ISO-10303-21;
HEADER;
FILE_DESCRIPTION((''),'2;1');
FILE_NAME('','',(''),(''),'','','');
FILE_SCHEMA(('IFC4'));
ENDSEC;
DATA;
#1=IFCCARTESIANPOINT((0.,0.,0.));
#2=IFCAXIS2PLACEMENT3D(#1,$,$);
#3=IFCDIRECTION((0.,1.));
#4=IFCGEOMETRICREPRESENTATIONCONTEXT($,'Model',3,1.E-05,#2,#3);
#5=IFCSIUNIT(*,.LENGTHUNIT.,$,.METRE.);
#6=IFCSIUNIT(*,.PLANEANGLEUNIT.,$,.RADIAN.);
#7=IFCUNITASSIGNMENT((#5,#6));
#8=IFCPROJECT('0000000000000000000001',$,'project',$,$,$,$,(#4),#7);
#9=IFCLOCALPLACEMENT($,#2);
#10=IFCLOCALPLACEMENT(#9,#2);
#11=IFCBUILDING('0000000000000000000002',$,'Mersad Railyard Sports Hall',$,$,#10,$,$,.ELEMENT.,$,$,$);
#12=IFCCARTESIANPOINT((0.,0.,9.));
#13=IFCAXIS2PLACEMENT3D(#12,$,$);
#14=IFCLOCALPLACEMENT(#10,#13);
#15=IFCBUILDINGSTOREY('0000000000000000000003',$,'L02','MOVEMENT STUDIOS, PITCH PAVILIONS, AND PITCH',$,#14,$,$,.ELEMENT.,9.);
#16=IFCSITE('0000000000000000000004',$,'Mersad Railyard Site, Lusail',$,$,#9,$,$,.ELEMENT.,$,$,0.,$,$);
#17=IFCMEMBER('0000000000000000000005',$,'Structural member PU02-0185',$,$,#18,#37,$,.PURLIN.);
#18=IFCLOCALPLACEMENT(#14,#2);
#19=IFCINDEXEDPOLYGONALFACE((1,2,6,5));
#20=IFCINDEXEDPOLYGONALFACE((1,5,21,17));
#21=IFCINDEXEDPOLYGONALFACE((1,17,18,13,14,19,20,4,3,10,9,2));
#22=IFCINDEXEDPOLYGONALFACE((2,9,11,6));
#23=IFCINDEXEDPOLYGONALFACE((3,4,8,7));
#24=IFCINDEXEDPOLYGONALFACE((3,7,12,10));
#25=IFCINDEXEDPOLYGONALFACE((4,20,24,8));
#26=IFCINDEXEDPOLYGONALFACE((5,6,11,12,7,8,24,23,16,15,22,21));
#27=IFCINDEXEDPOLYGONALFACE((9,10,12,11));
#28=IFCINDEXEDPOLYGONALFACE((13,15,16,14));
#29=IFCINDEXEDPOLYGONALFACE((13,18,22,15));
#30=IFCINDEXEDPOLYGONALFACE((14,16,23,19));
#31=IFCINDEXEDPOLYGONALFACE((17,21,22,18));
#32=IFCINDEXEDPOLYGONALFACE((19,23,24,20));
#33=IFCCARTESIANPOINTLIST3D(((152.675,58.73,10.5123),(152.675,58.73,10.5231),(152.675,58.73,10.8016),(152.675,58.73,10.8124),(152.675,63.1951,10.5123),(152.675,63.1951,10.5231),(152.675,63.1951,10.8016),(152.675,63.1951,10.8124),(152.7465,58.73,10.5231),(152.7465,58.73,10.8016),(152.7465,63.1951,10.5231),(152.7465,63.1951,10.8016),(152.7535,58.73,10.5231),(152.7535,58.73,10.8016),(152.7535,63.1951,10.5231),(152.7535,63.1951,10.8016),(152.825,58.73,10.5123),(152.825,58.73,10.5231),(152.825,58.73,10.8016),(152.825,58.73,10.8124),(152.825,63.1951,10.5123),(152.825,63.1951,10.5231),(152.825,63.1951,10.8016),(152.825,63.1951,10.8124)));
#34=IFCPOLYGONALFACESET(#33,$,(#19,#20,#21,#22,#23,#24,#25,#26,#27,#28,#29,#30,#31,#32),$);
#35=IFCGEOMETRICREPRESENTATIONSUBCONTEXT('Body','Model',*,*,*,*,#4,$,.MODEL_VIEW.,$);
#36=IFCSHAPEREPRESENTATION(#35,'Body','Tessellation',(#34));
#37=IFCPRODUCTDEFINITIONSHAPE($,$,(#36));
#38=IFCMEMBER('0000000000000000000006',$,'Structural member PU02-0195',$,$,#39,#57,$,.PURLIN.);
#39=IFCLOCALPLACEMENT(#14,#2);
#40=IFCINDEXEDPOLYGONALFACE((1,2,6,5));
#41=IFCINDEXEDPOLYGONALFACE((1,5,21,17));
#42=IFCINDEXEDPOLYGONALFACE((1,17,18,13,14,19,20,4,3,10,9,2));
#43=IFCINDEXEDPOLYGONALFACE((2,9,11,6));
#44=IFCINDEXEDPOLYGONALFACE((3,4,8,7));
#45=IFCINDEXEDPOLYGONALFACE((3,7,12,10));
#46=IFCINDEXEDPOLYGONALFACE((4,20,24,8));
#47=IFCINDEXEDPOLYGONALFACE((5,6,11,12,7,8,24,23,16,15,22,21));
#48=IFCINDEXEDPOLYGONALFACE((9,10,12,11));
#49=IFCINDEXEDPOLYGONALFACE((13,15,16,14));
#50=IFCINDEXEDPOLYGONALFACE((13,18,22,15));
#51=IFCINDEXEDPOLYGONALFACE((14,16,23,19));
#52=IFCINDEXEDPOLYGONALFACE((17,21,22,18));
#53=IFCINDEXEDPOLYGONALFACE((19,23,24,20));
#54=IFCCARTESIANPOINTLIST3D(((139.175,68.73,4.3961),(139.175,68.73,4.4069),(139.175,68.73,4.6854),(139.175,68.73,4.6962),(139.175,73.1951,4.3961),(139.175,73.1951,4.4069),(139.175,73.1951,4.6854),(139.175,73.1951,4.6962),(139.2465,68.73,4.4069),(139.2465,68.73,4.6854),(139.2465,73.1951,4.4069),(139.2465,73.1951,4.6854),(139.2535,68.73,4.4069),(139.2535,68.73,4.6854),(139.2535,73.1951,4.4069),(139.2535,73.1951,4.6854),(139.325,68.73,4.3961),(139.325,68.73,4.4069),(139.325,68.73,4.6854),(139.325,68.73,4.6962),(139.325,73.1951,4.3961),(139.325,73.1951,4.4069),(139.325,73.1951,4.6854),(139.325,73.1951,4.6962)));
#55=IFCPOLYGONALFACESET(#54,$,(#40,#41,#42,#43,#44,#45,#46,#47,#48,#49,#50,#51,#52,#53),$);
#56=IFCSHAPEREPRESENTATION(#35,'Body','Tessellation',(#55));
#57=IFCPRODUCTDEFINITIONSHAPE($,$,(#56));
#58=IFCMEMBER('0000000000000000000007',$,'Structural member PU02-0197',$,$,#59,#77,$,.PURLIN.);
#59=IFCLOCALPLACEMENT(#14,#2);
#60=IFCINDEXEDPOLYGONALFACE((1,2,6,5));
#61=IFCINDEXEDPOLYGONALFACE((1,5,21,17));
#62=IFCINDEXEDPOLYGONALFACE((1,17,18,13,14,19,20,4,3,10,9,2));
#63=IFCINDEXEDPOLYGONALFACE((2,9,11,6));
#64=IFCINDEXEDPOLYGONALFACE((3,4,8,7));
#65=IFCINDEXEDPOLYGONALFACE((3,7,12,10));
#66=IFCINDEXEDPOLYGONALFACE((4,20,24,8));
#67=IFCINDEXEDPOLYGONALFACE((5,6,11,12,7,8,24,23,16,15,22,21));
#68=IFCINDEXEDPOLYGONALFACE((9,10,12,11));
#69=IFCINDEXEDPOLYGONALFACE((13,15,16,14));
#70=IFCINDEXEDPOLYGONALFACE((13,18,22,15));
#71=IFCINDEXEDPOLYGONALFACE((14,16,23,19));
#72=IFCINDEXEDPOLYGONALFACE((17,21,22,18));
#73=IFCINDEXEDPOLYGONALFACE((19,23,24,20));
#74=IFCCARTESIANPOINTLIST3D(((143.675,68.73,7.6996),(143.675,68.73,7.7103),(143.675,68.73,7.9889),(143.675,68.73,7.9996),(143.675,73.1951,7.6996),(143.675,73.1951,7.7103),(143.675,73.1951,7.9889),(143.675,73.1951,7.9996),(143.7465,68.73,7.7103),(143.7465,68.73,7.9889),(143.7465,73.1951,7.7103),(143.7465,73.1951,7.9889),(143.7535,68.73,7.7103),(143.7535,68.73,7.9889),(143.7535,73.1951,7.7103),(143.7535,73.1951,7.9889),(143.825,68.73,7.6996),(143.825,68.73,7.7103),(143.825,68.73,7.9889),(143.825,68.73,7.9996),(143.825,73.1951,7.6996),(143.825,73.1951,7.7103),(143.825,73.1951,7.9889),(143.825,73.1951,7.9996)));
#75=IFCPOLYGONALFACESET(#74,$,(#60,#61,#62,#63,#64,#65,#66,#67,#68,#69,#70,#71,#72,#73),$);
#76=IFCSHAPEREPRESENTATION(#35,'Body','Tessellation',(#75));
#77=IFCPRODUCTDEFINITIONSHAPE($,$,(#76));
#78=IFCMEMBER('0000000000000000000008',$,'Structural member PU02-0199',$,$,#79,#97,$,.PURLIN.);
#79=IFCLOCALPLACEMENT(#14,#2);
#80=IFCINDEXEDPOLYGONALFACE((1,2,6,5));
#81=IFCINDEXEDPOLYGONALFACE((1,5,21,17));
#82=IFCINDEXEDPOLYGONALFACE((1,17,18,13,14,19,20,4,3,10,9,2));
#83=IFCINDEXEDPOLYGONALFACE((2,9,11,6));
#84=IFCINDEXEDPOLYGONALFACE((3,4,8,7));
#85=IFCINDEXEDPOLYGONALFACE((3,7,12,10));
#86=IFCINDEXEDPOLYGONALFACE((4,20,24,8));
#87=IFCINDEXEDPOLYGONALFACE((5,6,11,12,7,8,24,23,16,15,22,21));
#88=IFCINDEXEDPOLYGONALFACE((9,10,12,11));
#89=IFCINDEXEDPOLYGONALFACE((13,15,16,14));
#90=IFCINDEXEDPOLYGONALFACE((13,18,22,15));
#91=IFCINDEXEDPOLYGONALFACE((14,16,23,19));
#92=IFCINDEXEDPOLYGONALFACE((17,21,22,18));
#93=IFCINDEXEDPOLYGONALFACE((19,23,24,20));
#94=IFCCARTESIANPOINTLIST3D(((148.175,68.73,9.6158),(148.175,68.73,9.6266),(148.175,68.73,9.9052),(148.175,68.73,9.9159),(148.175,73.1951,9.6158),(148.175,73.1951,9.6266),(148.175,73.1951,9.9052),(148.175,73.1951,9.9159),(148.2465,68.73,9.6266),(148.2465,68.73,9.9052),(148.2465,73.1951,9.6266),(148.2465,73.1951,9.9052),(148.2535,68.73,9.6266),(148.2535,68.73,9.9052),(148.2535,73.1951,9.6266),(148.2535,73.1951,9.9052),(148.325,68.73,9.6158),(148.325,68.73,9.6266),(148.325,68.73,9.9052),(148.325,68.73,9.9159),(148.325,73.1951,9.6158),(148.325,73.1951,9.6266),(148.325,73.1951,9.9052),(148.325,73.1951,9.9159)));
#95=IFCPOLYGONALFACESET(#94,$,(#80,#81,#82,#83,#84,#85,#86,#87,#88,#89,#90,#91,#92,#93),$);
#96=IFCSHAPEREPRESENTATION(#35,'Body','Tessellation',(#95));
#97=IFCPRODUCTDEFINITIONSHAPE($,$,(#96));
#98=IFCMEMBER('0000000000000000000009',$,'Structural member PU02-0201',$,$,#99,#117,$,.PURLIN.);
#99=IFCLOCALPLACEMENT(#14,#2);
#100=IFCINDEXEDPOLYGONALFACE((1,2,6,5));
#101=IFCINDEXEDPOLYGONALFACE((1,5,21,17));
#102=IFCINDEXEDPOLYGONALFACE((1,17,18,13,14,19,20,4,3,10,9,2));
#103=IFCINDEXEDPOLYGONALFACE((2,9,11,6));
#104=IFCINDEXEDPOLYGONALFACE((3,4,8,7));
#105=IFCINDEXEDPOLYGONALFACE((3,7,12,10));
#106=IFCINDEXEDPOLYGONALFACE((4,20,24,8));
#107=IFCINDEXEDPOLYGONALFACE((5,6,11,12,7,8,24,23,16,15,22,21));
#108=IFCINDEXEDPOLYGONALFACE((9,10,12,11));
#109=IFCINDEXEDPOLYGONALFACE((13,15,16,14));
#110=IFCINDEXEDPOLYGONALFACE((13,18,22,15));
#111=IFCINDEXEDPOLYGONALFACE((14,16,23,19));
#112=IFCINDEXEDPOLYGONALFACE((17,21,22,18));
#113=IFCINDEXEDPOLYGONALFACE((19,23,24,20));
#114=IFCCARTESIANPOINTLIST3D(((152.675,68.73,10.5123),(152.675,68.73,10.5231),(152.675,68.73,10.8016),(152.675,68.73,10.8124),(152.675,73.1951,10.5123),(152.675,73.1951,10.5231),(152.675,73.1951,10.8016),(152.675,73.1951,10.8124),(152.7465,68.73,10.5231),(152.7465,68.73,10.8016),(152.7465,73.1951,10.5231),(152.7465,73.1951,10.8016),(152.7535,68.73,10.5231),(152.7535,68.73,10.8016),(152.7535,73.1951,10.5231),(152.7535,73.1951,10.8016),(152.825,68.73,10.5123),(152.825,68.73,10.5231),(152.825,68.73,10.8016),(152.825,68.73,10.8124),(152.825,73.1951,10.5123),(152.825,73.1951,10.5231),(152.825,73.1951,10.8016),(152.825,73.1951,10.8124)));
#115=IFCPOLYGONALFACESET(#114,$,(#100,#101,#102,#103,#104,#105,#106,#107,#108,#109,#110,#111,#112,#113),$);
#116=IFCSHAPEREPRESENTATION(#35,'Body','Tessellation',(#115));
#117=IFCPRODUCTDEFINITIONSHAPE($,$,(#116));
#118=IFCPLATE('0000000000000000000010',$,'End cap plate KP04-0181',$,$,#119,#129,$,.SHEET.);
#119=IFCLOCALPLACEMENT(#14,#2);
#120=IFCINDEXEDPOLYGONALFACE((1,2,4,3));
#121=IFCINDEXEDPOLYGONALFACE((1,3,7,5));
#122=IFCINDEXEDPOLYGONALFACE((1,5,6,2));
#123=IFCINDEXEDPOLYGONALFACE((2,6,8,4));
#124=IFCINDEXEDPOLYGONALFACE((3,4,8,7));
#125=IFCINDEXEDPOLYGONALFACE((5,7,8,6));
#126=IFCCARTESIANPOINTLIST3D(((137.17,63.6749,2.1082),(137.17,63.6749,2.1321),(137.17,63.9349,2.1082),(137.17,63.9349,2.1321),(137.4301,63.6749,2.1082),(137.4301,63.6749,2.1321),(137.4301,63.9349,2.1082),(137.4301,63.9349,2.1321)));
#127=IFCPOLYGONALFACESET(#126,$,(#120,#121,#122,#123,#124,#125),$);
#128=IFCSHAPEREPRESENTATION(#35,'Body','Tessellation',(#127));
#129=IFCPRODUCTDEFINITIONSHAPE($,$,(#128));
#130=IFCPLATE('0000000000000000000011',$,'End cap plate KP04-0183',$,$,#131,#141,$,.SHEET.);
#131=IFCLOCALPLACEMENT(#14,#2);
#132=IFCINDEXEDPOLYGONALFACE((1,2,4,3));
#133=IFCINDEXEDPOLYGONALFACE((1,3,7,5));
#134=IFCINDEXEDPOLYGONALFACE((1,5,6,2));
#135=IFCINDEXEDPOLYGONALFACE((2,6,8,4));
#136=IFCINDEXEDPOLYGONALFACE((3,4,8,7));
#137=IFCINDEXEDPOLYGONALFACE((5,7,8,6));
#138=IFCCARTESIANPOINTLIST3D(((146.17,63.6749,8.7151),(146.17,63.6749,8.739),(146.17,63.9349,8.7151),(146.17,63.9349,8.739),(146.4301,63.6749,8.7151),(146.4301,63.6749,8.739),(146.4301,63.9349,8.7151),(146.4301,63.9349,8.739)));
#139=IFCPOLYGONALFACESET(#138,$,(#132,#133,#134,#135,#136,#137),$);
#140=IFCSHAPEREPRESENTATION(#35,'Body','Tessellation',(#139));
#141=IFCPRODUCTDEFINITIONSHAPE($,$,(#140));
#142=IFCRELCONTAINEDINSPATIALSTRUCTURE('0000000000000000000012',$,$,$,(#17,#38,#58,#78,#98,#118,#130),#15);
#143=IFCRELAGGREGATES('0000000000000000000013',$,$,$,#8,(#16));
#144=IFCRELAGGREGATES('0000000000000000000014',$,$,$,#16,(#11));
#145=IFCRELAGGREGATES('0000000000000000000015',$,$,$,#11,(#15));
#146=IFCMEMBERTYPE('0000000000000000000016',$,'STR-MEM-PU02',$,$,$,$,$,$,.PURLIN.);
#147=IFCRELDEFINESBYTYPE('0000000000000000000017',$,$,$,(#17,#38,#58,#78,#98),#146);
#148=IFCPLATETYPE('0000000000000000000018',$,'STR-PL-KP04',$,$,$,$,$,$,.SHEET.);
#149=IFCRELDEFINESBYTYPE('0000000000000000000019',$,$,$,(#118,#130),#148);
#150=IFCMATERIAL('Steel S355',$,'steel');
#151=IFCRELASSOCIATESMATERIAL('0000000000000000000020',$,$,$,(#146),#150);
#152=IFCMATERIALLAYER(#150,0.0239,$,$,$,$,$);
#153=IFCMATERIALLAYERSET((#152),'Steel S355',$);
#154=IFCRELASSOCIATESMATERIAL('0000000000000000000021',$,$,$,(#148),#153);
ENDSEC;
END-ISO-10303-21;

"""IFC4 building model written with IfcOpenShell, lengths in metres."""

from ifc_helpers import new_model, si_unit, direction, frame, origin, origin_2d, place, context, subcontext, project, spatial, rectangle, i_section, extrude, material, layer, layer_set, material_profile, profile_set, type_object, element, save


model = new_model("IFC4")

# Units and contexts
model_context = context("Model", 3, precision=1e-05, world=origin(), true_north=direction((0.0, 1.0)))
body_context = subcontext(model_context, "Body", "Model", "MODEL_VIEW")
ifc_project = project(units=[si_unit("LENGTHUNIT", "METRE"), si_unit("PLANEANGLEUNIT", "RADIAN")], contexts=[model_context])

# Site, building, storey
site_placement = place(None, origin())
site = spatial("IfcSite", under=ifc_project, at=site_placement, Name="Mersad Railyard Site, Lusail", CompositionType="ELEMENT", RefElevation=0.0)
building_placement = place(site_placement, origin())
building = spatial("IfcBuilding", under=site, at=building_placement, Name="Mersad Railyard Sports Hall", CompositionType="ELEMENT")
storey_placement = place(building_placement, frame((0.0, 0.0, 9.0)))
storey = spatial("IfcBuildingStorey", under=building, at=storey_placement, Name="L02", Description="MOVEMENT STUDIOS, PITCH PAVILIONS, AND PITCH", CompositionType="ELEMENT", Elevation=9.0)

# Members
ifc_material_1 = material(Name="Steel S355", Category="steel")
ifc_material_profile_1 = material_profile(ifc_material_1, i_section(OverallWidth=0.1499, OverallDepth=0.3, WebThickness=0.0071, FlangeThickness=0.0107, at=origin_2d()), Name="IPE 300")
ifc_profile_set_1 = profile_set([ifc_material_profile_1], Name="Steel S355")
member_type_1 = type_object("IfcMemberType", Name="STR-MEM-PU02", PredefinedType="PURLIN", material=ifc_profile_set_1)
for number, where, z_axis, x_axis, name in (
    (1, (152.75, 58.73, 10.6624), (0.0, 1.0, 0.0), (-1.0, 0.0, 0.0), "Structural member PU02-0185"),
    (2, (139.25, 68.73, 4.5461), (0.0, 1.0, 0.0), (-1.0, 0.0, 0.0), "Structural member PU02-0195"),
    (3, (143.75, 68.73, 7.8496), (0.0, 1.0, 0.0), (-1.0, 0.0, 0.0), "Structural member PU02-0197"),
    (4, (148.25, 68.73, 9.7659), (0.0, 1.0, 0.0), (-1.0, 0.0, 0.0), "Structural member PU02-0199"),
    (5, (152.75, 68.73, 10.6624), (0.0, 1.0, 0.0), (-1.0, 0.0, 0.0), "Structural member PU02-0201"),
):
    element("IfcMember", number, at=place(storey_placement, frame(where, z_axis=z_axis, x_axis=x_axis)), inside=storey, type_object=member_type_1, Name=name, PredefinedType="PURLIN", context=body_context, shape_type="SweptSolid", body=[
        extrude(i_section(OverallWidth=0.1499, OverallDepth=0.3, WebThickness=0.0071, FlangeThickness=0.0107, at=origin_2d()), origin(), (0.0, 0.0, 1.0), 4.4651),
    ])

# Plates
ifc_layer = layer(ifc_material_1, 0.0239)
ifc_layer_set = layer_set([ifc_layer], Name="Steel S355")
plate_type = type_object("IfcPlateType", Name="STR-PL-KP04", PredefinedType="SHEET", material=ifc_layer_set)
for number, where, z_axis, x_axis, name in (
    (6, (137.3, 63.8049, 2.1082), (0.0, 0.0, 1.0), (1.0, 0.0, 0.0), "End cap plate KP04-0181"),
    (7, (146.3, 63.8049, 8.7151), (0.0, 0.0, 1.0), (1.0, 0.0, 0.0), "End cap plate KP04-0183"),
):
    element("IfcPlate", number, at=place(storey_placement, frame(where, z_axis=z_axis, x_axis=x_axis)), inside=storey, type_object=plate_type, Name=name, PredefinedType="SHEET", context=body_context, shape_type="SweptSolid", body=[
        extrude(rectangle(XDim=0.26, YDim=0.26, at=origin_2d()), origin(), (0.0, 0.0, 1.0), 0.0239),
    ])

save(model, "model.ifc")
